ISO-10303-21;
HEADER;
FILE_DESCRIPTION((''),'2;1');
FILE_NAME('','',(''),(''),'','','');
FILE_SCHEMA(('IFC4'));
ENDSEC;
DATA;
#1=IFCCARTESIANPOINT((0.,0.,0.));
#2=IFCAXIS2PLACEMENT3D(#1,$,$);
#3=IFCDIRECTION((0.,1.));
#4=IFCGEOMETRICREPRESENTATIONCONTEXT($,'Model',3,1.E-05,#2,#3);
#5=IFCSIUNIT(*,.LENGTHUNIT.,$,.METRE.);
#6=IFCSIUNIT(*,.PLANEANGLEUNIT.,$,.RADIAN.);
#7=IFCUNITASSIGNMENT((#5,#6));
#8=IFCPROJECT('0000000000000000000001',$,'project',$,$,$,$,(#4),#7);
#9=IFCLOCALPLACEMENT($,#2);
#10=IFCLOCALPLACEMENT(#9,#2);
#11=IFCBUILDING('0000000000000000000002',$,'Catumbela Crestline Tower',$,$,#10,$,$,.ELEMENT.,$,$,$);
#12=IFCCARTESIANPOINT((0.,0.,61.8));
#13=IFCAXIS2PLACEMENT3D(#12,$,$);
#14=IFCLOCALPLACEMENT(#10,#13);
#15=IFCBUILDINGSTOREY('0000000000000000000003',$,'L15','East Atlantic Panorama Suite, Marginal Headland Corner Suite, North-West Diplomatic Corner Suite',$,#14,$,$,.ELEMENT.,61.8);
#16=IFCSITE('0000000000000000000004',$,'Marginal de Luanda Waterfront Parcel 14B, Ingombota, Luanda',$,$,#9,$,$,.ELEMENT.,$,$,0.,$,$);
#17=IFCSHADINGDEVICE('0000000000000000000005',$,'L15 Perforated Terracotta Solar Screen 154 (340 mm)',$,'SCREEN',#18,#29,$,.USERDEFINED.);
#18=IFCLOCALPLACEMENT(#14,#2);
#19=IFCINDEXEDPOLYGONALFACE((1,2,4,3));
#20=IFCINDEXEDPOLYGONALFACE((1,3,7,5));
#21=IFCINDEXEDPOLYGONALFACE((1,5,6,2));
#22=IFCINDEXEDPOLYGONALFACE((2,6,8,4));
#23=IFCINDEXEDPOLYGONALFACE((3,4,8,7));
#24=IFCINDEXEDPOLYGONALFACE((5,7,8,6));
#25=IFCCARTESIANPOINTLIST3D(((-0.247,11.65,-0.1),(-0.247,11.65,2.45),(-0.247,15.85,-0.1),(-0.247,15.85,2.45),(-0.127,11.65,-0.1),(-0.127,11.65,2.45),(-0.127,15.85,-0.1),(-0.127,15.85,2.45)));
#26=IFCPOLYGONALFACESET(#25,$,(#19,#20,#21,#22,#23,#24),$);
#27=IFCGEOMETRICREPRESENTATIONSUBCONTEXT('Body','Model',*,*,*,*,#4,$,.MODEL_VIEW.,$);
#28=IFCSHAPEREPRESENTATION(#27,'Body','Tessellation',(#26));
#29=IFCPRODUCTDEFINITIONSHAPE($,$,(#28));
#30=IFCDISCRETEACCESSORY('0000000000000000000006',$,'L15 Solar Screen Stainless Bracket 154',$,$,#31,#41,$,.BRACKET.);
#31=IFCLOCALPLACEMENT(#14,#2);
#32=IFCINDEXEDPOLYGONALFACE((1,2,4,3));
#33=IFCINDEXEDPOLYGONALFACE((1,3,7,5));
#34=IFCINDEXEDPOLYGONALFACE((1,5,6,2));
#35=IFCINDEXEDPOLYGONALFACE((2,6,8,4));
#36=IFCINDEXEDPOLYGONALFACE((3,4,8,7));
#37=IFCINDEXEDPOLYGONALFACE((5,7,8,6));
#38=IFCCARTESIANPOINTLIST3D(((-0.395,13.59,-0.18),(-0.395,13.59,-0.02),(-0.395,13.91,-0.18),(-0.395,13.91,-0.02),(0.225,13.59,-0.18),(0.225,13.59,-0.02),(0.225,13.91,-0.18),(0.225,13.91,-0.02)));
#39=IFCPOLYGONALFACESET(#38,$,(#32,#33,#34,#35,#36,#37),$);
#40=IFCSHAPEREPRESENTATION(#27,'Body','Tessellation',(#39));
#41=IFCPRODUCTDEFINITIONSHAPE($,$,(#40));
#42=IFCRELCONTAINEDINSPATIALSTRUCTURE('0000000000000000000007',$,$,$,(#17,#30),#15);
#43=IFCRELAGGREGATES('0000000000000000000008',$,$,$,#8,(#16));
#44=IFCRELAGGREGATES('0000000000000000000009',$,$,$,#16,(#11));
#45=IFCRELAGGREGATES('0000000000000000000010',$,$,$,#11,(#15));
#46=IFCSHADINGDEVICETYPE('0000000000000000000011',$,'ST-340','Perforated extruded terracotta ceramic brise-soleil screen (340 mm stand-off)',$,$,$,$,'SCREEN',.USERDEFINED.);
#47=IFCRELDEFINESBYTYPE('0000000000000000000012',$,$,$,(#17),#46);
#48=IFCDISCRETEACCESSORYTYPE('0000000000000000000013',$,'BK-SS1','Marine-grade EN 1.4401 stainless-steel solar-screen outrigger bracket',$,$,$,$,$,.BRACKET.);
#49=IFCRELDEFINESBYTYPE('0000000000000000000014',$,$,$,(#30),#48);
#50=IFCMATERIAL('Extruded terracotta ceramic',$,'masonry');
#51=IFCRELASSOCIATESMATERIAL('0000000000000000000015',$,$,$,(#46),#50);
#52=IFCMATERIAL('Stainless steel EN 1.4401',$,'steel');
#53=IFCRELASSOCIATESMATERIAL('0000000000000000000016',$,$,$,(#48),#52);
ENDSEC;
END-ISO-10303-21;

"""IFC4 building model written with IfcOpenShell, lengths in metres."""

from ifc_helpers import new_model, si_unit, direction, frame, origin, origin_2d, place, context, subcontext, project, spatial, rectangle, extrude, material, type_object, element, save


model = new_model("IFC4")

# Units and contexts
model_context = context("Model", 3, precision=1e-05, world=origin(), true_north=direction((0.0, 1.0)))
body_context = subcontext(model_context, "Body", "Model", "MODEL_VIEW")
ifc_project = project(units=[si_unit("LENGTHUNIT", "METRE"), si_unit("PLANEANGLEUNIT", "RADIAN")], contexts=[model_context])

# Site, building, storey
site_placement = place(None, origin())
site = spatial("IfcSite", under=ifc_project, at=site_placement, Name="Marginal de Luanda Waterfront Parcel 14B, Ingombota, Luanda", CompositionType="ELEMENT", RefElevation=0.0)
building_placement = place(site_placement, origin())
building = spatial("IfcBuilding", under=site, at=building_placement, Name="Catumbela Crestline Tower", CompositionType="ELEMENT")
storey_placement = place(building_placement, frame((0.0, 0.0, 61.8)))
storey = spatial("IfcBuildingStorey", under=building, at=storey_placement, Name="L15", Description="East Atlantic Panorama Suite, Marginal Headland Corner Suite, North-West Diplomatic Corner Suite", CompositionType="ELEMENT", Elevation=61.8)

# Shared definitions
ifc_material_1 = material(Name="Extruded terracotta ceramic", Category="masonry")

# Shading device
shading_device_type = type_object("IfcShadingDeviceType", Name="ST-340", Description="Perforated extruded terracotta ceramic brise-soleil screen (340 mm stand-off)", ElementType="SCREEN", PredefinedType="USERDEFINED", material=ifc_material_1)
shading_device_placement = place(storey_placement, frame((-0.187, 13.75, -0.1), z_axis=(0.0, 0.0, 1.0), x_axis=(0.0, -1.0, 0.0)))
element("IfcShadingDevice", 1, at=shading_device_placement, inside=storey, type_object=shading_device_type, Name="L15 Perforated Terracotta Solar Screen 154 (340 mm)", ObjectType="SCREEN", PredefinedType="USERDEFINED", context=body_context, shape_type="SweptSolid", body=[
    extrude(rectangle(XDim=4.2, YDim=0.12, at=origin_2d()), origin(), (0.0, 0.0, 1.0), 2.55),
])

# Discrete accessory
ifc_material_2 = material(Name="Stainless steel EN 1.4401", Category="steel")
discrete_accessory_type = type_object("IfcDiscreteAccessoryType", Name="BK-SS1", Description="Marine-grade EN 1.4401 stainless-steel solar-screen outrigger bracket", PredefinedType="BRACKET", material=ifc_material_2)
discrete_accessory_placement = place(storey_placement, frame((-0.085, 13.75, -0.18), z_axis=(0.0, 0.0, 1.0), x_axis=(0.0, -1.0, 0.0)))
element("IfcDiscreteAccessory", 2, at=discrete_accessory_placement, inside=storey, type_object=discrete_accessory_type, Name="L15 Solar Screen Stainless Bracket 154", PredefinedType="BRACKET", context=body_context, shape_type="SweptSolid", body=[
    extrude(rectangle(XDim=0.32, YDim=0.62, at=origin_2d()), origin(), (0.0, 0.0, 1.0), 0.16),
])

save(model, "model.ifc")
